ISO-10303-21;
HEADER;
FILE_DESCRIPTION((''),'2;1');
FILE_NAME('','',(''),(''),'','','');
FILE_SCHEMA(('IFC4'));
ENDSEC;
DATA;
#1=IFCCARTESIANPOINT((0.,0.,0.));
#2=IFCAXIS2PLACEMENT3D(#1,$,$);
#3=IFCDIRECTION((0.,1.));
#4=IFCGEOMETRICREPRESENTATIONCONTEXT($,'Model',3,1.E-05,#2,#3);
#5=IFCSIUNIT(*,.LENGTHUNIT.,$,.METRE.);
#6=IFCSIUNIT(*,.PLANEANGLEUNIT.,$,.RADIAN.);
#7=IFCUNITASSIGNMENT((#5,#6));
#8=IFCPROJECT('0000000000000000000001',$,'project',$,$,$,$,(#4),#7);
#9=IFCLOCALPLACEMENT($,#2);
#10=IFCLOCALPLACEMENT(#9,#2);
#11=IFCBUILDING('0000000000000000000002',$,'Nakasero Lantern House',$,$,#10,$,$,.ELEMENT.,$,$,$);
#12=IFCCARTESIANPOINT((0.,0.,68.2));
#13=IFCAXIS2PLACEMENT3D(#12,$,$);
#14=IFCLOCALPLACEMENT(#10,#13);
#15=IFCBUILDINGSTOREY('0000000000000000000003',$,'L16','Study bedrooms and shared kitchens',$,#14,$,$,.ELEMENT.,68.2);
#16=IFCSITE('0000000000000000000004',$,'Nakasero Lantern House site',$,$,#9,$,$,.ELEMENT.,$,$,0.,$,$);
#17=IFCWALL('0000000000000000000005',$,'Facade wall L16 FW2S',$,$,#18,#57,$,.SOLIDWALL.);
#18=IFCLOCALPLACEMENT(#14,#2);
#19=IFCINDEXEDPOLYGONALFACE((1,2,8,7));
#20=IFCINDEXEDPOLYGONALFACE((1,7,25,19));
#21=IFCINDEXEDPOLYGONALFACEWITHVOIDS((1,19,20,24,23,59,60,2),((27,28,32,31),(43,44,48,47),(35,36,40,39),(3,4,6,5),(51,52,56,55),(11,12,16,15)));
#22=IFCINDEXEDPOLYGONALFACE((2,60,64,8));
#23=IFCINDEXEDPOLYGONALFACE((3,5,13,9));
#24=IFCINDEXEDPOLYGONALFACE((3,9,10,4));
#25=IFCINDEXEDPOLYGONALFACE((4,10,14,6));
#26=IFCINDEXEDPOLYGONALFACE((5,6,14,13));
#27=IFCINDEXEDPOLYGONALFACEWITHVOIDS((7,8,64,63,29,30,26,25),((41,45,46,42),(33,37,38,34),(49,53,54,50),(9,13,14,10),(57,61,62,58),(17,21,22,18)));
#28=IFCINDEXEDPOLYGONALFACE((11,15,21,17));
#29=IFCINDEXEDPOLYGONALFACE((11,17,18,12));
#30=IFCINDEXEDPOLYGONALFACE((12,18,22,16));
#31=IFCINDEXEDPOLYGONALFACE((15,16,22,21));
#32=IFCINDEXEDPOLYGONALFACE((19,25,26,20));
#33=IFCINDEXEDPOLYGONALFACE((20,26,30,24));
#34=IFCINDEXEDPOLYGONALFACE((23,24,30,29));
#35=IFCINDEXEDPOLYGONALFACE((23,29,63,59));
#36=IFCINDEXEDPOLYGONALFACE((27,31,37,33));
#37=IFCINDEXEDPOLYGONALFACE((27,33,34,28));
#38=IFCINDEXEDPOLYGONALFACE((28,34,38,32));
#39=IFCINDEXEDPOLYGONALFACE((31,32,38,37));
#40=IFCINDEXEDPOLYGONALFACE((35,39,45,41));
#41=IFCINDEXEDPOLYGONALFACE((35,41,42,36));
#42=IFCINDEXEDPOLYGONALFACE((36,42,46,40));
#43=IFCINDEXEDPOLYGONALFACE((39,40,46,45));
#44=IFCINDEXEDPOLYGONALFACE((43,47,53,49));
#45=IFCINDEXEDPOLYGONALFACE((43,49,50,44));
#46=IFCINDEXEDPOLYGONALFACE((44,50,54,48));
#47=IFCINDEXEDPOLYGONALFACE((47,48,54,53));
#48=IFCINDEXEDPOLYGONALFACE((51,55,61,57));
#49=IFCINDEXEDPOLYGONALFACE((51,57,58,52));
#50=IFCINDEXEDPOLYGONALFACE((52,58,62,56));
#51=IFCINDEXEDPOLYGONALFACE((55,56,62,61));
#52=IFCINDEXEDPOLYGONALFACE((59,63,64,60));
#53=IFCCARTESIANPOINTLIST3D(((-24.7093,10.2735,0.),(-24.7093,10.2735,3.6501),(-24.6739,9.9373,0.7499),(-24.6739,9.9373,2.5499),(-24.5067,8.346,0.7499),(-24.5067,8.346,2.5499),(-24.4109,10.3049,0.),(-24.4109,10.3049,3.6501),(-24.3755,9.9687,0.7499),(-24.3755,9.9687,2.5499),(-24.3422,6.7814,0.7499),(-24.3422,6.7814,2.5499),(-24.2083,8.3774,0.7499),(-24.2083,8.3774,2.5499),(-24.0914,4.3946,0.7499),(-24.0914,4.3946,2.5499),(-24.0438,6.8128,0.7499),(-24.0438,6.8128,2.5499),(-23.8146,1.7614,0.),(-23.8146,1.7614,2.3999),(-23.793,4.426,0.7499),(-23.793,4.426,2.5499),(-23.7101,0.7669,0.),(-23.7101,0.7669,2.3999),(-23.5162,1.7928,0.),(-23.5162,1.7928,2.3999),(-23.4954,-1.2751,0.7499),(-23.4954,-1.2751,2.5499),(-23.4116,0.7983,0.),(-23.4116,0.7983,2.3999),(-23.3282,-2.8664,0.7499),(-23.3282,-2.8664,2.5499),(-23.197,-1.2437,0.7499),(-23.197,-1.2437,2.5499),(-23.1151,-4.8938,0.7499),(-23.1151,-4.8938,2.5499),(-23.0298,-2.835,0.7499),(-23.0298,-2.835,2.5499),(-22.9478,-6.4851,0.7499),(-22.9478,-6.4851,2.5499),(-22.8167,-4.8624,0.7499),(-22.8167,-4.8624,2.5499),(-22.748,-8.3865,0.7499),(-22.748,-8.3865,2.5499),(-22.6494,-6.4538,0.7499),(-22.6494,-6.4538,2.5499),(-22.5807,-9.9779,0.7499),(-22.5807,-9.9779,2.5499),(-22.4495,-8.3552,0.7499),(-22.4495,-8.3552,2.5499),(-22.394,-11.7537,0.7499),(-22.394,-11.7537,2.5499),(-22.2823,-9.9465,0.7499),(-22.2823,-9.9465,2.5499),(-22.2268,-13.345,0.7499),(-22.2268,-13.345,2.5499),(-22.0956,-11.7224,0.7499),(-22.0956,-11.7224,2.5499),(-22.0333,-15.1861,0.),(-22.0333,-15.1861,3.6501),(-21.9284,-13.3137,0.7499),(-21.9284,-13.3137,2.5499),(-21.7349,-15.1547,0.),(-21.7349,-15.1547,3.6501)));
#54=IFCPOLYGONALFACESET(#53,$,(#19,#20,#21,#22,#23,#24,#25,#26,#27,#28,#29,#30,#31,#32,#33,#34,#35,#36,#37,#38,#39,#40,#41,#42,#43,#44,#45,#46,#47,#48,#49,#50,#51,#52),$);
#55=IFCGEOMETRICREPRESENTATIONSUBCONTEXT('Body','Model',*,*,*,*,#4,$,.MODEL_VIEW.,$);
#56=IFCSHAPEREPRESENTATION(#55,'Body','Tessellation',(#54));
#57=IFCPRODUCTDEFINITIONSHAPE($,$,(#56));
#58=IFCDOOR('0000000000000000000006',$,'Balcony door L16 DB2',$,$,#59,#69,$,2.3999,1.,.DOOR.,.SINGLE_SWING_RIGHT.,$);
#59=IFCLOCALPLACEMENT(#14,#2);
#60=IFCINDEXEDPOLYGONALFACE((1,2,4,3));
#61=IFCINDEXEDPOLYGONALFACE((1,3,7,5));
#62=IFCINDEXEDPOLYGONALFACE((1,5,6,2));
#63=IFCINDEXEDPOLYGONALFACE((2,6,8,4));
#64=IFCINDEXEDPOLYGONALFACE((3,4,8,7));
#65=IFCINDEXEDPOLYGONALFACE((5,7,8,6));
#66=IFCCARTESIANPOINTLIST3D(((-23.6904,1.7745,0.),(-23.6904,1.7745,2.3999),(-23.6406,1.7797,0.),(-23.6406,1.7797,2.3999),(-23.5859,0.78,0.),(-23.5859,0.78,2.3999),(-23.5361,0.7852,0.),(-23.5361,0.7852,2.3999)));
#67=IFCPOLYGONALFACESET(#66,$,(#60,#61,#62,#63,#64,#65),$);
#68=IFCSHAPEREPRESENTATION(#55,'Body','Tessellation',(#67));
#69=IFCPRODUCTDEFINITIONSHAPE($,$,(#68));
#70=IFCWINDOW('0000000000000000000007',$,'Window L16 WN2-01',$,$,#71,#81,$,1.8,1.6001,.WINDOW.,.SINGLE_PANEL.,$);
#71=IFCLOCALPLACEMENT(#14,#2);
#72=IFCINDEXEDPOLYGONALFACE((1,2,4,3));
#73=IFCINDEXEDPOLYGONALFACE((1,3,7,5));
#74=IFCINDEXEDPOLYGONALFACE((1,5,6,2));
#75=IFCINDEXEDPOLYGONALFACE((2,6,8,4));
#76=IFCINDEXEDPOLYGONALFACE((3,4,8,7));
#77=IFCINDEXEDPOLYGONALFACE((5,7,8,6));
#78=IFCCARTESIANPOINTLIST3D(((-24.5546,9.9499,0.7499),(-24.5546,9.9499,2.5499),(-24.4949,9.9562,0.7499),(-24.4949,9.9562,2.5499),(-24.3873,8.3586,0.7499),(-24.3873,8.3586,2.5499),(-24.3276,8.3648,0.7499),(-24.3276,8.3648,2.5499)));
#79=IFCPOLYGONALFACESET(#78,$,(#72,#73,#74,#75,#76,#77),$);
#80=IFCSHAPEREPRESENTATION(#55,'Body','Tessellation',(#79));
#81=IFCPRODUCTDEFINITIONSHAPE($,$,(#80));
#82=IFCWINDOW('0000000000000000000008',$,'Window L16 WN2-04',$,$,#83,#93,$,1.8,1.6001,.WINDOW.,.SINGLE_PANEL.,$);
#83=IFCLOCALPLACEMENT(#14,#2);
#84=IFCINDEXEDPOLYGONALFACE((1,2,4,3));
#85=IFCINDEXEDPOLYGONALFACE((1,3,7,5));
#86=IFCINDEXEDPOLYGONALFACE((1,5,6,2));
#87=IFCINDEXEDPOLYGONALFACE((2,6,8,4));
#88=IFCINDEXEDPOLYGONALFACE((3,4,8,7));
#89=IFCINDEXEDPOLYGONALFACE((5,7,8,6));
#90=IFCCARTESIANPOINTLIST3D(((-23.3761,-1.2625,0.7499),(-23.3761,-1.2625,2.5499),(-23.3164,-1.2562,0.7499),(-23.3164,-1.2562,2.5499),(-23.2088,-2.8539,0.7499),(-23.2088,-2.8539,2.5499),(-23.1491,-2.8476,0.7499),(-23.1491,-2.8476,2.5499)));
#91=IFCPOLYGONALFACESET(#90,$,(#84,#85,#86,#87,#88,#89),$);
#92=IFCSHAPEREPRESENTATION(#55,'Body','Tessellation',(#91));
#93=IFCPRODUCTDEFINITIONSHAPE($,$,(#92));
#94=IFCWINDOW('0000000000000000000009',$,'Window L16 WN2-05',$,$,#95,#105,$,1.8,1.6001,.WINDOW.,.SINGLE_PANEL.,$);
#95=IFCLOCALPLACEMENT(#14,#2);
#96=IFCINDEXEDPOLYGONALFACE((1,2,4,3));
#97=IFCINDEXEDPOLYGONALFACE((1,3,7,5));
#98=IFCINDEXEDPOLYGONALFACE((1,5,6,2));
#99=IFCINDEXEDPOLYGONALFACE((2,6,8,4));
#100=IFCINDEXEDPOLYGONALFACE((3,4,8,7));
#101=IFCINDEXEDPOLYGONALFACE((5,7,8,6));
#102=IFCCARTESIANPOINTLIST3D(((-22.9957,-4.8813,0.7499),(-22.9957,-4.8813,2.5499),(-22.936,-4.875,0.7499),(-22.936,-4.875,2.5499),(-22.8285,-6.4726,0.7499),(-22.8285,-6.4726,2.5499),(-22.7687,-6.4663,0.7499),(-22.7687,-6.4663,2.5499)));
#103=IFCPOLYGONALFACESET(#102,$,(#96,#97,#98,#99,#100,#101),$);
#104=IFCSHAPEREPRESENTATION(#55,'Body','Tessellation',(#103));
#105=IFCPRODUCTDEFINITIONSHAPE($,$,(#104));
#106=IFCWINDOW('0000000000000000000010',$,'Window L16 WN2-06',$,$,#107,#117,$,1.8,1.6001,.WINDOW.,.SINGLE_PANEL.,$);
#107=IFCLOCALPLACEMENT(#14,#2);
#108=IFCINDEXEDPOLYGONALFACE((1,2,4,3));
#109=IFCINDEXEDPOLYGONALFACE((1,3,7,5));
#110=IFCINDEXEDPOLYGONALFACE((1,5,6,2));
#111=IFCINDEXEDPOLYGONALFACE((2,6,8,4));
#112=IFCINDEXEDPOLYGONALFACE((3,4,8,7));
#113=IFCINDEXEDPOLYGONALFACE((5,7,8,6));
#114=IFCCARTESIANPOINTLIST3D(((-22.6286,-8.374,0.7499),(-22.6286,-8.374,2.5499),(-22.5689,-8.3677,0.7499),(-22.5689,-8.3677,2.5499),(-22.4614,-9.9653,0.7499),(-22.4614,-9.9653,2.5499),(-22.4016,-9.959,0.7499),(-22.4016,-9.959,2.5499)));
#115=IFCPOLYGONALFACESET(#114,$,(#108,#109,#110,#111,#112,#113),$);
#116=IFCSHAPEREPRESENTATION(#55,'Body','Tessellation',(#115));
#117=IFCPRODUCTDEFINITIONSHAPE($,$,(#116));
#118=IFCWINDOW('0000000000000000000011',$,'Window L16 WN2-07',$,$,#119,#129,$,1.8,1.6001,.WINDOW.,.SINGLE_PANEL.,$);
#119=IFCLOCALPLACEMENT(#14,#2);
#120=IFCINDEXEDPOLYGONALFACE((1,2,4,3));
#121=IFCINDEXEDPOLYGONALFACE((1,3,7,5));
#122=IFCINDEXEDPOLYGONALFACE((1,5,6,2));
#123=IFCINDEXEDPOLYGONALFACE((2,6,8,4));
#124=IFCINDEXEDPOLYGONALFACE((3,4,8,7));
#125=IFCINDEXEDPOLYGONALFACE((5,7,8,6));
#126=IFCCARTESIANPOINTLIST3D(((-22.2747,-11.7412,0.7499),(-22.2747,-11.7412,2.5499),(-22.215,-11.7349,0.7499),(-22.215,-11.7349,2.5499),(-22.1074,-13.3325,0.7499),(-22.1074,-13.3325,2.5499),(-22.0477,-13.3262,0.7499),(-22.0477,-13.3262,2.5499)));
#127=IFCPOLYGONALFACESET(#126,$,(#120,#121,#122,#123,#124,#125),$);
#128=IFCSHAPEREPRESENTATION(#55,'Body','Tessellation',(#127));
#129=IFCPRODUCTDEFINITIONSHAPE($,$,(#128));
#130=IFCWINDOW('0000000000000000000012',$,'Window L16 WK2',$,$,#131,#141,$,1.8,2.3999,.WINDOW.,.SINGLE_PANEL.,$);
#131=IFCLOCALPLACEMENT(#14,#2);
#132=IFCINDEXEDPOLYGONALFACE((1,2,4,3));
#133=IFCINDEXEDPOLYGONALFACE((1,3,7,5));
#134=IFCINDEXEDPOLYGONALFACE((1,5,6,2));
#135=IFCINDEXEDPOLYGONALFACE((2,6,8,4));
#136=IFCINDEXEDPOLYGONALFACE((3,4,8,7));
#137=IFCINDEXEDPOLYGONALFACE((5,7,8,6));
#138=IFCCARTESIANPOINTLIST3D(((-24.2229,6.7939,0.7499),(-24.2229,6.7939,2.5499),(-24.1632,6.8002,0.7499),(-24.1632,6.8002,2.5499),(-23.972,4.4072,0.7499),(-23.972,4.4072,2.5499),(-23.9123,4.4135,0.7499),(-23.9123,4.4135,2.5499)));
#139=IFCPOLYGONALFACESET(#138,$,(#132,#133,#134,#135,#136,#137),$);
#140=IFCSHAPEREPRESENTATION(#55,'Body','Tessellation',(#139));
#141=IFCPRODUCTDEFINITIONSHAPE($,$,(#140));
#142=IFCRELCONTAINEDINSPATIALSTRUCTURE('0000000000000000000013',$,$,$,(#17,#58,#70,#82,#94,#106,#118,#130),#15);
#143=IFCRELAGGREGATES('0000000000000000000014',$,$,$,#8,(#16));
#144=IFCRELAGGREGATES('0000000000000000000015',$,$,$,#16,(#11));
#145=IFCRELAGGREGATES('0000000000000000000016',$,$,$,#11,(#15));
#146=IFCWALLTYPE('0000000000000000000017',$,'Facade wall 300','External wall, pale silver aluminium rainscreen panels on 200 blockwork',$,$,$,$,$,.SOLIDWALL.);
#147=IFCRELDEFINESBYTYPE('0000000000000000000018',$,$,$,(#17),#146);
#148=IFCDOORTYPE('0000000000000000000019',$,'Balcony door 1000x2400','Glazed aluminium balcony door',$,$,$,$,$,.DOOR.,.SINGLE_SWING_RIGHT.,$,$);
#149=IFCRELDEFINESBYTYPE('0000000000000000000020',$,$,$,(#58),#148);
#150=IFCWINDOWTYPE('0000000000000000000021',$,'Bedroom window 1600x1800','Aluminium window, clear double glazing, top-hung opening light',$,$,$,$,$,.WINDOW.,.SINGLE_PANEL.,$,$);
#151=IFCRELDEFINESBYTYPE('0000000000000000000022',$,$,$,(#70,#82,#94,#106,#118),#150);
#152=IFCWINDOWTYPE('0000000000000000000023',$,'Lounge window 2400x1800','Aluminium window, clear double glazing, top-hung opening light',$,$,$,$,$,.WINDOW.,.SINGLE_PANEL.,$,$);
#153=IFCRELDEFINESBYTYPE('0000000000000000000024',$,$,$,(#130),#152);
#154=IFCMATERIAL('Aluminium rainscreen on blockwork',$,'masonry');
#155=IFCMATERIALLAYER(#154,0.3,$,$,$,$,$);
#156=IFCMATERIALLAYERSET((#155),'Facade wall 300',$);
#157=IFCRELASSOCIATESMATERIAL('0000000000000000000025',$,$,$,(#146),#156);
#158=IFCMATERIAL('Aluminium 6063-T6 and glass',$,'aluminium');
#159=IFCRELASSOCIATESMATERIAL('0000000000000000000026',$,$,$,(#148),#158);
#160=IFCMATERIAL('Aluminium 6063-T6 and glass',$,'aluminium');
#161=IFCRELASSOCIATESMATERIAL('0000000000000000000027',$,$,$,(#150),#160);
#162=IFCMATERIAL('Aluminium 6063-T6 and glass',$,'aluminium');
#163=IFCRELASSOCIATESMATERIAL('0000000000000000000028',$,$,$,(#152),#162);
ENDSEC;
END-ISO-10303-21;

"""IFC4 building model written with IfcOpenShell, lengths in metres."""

from ifc_helpers import new_model, si_unit, direction, frame, frame_2d, origin, place, context, subcontext, project, spatial, rectangle, extrude, material, layer, layer_set, type_object, element, fill, save


model = new_model("IFC4")

# Units and contexts
model_context = context("Model", 3, precision=1e-05, world=origin(), true_north=direction((0.0, 1.0)))
body_context = subcontext(model_context, "Body", "Model", "MODEL_VIEW")
ifc_project = project(units=[si_unit("LENGTHUNIT", "METRE"), si_unit("PLANEANGLEUNIT", "RADIAN")], contexts=[model_context])

# Site, building, storey
site_placement = place(None, origin())
site = spatial("IfcSite", under=ifc_project, at=site_placement, Name="Nakasero Lantern House site", CompositionType="ELEMENT", RefElevation=0.0)
building_placement = place(site_placement, origin())
building = spatial("IfcBuilding", under=site, at=building_placement, Name="Nakasero Lantern House", CompositionType="ELEMENT")
storey_placement = place(building_placement, frame((0.0, 0.0, 68.2)))
storey = spatial("IfcBuildingStorey", under=building, at=storey_placement, Name="L16", Description="Study bedrooms and shared kitchens", CompositionType="ELEMENT", Elevation=68.2)

# Wall, openings, door, windows
ifc_material_1 = material(Name="Aluminium rainscreen on blockwork", Category="masonry")
ifc_layer_1 = layer(ifc_material_1, 0.3)
ifc_layer_set_1 = layer_set([ifc_layer_1], Name="Facade wall 300")
wall_type_1 = type_object("IfcWallType", Name="Facade wall 300", Description="External wall, pale silver aluminium rainscreen panels on 200 blockwork", PredefinedType="SOLIDWALL", material=ifc_layer_set_1)
wall_placement = place(storey_placement, frame((-24.5601, 10.2891, 0.0), z_axis=(0.0, 0.0, 1.0), x_axis=(0.104532, -0.994521, 0.0)))
wall = element("IfcWall", 1, at=wall_placement, inside=storey, type_object=wall_type_1, Name="Facade wall L16 FW2S", PredefinedType="SOLIDWALL", context=body_context, shape_type="SweptSolid", body=[
    extrude(rectangle(XDim=25.5999, YDim=0.3, at=frame_2d((12.7998, 0.0))), origin(), (0.0, 0.0, 1.0), 3.6501),
])
opening_1_placement = place(wall_placement, frame((0.3379, 0.0, 0.75)))
opening_1 = element("IfcOpeningElement", 2, at=opening_1_placement, cuts=wall, PredefinedType="OPENING", context=body_context, shape_type="SweptSolid", body=[
    extrude(rectangle(XDim=1.6001, YDim=1.8, at=frame_2d((0.8, 0.8999))), frame((0.0, 0.1699, 0.0), z_axis=(0.0, -1.0, 0.0), x_axis=(1.0, 0.0, 0.0)), (0.0, 0.0, 1.0), 0.3401),
])
opening_2_placement = place(wall_placement, frame((11.6121, 0.0, 0.75)))
opening_2 = element("IfcOpeningElement", 3, at=opening_2_placement, cuts=wall, PredefinedType="OPENING", context=body_context, shape_type="SweptSolid", body=[
    extrude(rectangle(XDim=1.6001, YDim=1.8, at=frame_2d((0.8, 0.8999))), frame((0.0, 0.1699, 0.0), z_axis=(0.0, -1.0, 0.0), x_axis=(1.0, 0.0, 0.0)), (0.0, 0.0, 1.0), 0.3401),
])
opening_3_placement = place(wall_placement, frame((15.2507, 0.0, 0.75)))
opening_3 = element("IfcOpeningElement", 4, at=opening_3_placement, cuts=wall, PredefinedType="OPENING", context=body_context, shape_type="SweptSolid", body=[
    extrude(rectangle(XDim=1.6001, YDim=1.8, at=frame_2d((0.8, 0.8999))), frame((0.0, 0.1699, 0.0), z_axis=(0.0, -1.0, 0.0), x_axis=(1.0, 0.0, 0.0)), (0.0, 0.0, 1.0), 0.3401),
])
opening_4_placement = place(wall_placement, frame((18.7627, 0.0, 0.75)))
opening_4 = element("IfcOpeningElement", 5, at=opening_4_placement, cuts=wall, PredefinedType="OPENING", context=body_context, shape_type="SweptSolid", body=[
    extrude(rectangle(XDim=1.6001, YDim=1.8, at=frame_2d((0.8, 0.8999))), frame((0.0, 0.1699, 0.0), z_axis=(0.0, -1.0, 0.0), x_axis=(1.0, 0.0, 0.0)), (0.0, 0.0, 1.0), 0.3401),
])
opening_5_placement = place(wall_placement, frame((22.1484, 0.0, 0.75)))
opening_5 = element("IfcOpeningElement", 6, at=opening_5_placement, cuts=wall, PredefinedType="OPENING", context=body_context, shape_type="SweptSolid", body=[
    extrude(rectangle(XDim=1.6001, YDim=1.8, at=frame_2d((0.8, 0.8999))), frame((0.0, 0.1699, 0.0), z_axis=(0.0, -1.0, 0.0), x_axis=(1.0, 0.0, 0.0)), (0.0, 0.0, 1.0), 0.3401),
])
opening_6_placement = place(wall_placement, frame((3.5112, 0.0, 0.75)))
opening_6 = element("IfcOpeningElement", 7, at=opening_6_placement, cuts=wall, PredefinedType="OPENING", context=body_context, shape_type="SweptSolid", body=[
    extrude(rectangle(XDim=2.3999, YDim=1.8, at=frame_2d((1.2, 0.8999))), frame((0.0, 0.1699, 0.0), z_axis=(0.0, -1.0, 0.0), x_axis=(1.0, 0.0, 0.0)), (0.0, 0.0, 1.0), 0.3401),
])
opening_7_placement = place(wall_placement, frame((8.5588, 0.0, 0.0)))
opening_7 = element("IfcOpeningElement", 8, at=opening_7_placement, cuts=wall, PredefinedType="OPENING", context=body_context, shape_type="SweptSolid", body=[
    extrude(rectangle(XDim=1.0, YDim=2.3999, at=frame_2d((0.5, 1.2))), frame((0.0, 0.1699, 0.0), z_axis=(0.0, -1.0, 0.0), x_axis=(1.0, 0.0, 0.0)), (0.0, 0.0, 1.0), 0.3401),
])
ifc_material_2 = material(Name="Aluminium 6063-T6 and glass", Category="aluminium")
door_type = type_object("IfcDoorType", Name="Balcony door 1000x2400", Description="Glazed aluminium balcony door", OperationType="SINGLE_SWING_RIGHT", PredefinedType="DOOR", material=ifc_material_2)
door_placement = place(opening_7_placement, origin())
door = element("IfcDoor", 9, at=door_placement, inside=storey, type_object=door_type, Name="Balcony door L16 DB2", OperationType="SINGLE_SWING_RIGHT", OverallHeight=2.3999, OverallWidth=1.0, PredefinedType="DOOR", context=body_context, shape_type="SweptSolid", body=[
    extrude(rectangle(XDim=1.0, YDim=2.3999, at=frame_2d((0.5, 1.2))), frame((0.0, 0.0249, 0.0), z_axis=(0.0, -1.0, 0.0), x_axis=(1.0, 0.0, 0.0)), (0.0, 0.0, 1.0), 0.05),
])
fill(opening_7, door)
ifc_material_3 = material(Name="Aluminium 6063-T6 and glass", Category="aluminium")
window_type_1 = type_object("IfcWindowType", Name="Bedroom window 1600x1800", Description="Aluminium window, clear double glazing, top-hung opening light", PartitioningType="SINGLE_PANEL", PredefinedType="WINDOW", material=ifc_material_3)
window_1_placement = place(opening_1_placement, origin())
window_1 = element("IfcWindow", 10, at=window_1_placement, inside=storey, type_object=window_type_1, Name="Window L16 WN2-01", OverallHeight=1.8, OverallWidth=1.6001, PartitioningType="SINGLE_PANEL", PredefinedType="WINDOW", context=body_context, shape_type="SweptSolid", body=[
    extrude(rectangle(XDim=1.6001, YDim=1.8, at=frame_2d((0.8, 0.8999))), frame((0.0, 0.03, 0.0), z_axis=(0.0, -1.0, 0.0), x_axis=(1.0, 0.0, 0.0)), (0.0, 0.0, 1.0), 0.0601),
])
fill(opening_1, window_1)
window_2_placement = place(opening_2_placement, origin())
window_2 = element("IfcWindow", 11, at=window_2_placement, inside=storey, type_object=window_type_1, Name="Window L16 WN2-04", OverallHeight=1.8, OverallWidth=1.6001, PartitioningType="SINGLE_PANEL", PredefinedType="WINDOW", context=body_context, shape_type="SweptSolid", body=[
    extrude(rectangle(XDim=1.6001, YDim=1.8, at=frame_2d((0.8, 0.8999))), frame((0.0, 0.03, 0.0), z_axis=(0.0, -1.0, 0.0), x_axis=(1.0, 0.0, 0.0)), (0.0, 0.0, 1.0), 0.0601),
])
fill(opening_2, window_2)
window_3_placement = place(opening_3_placement, origin())
window_3 = element("IfcWindow", 12, at=window_3_placement, inside=storey, type_object=window_type_1, Name="Window L16 WN2-05", OverallHeight=1.8, OverallWidth=1.6001, PartitioningType="SINGLE_PANEL", PredefinedType="WINDOW", context=body_context, shape_type="SweptSolid", body=[
    extrude(rectangle(XDim=1.6001, YDim=1.8, at=frame_2d((0.8, 0.8999))), frame((0.0, 0.03, 0.0), z_axis=(0.0, -1.0, 0.0), x_axis=(1.0, 0.0, 0.0)), (0.0, 0.0, 1.0), 0.0601),
])
fill(opening_3, window_3)
window_4_placement = place(opening_4_placement, origin())
window_4 = element("IfcWindow", 13, at=window_4_placement, inside=storey, type_object=window_type_1, Name="Window L16 WN2-06", OverallHeight=1.8, OverallWidth=1.6001, PartitioningType="SINGLE_PANEL", PredefinedType="WINDOW", context=body_context, shape_type="SweptSolid", body=[
    extrude(rectangle(XDim=1.6001, YDim=1.8, at=frame_2d((0.8, 0.8999))), frame((0.0, 0.03, 0.0), z_axis=(0.0, -1.0, 0.0), x_axis=(1.0, 0.0, 0.0)), (0.0, 0.0, 1.0), 0.0601),
])
fill(opening_4, window_4)
window_5_placement = place(opening_5_placement, origin())
window_5 = element("IfcWindow", 14, at=window_5_placement, inside=storey, type_object=window_type_1, Name="Window L16 WN2-07", OverallHeight=1.8, OverallWidth=1.6001, PartitioningType="SINGLE_PANEL", PredefinedType="WINDOW", context=body_context, shape_type="SweptSolid", body=[
    extrude(rectangle(XDim=1.6001, YDim=1.8, at=frame_2d((0.8, 0.8999))), frame((0.0, 0.03, 0.0), z_axis=(0.0, -1.0, 0.0), x_axis=(1.0, 0.0, 0.0)), (0.0, 0.0, 1.0), 0.0601),
])
fill(opening_5, window_5)
ifc_material_4 = material(Name="Aluminium 6063-T6 and glass", Category="aluminium")
window_type_2 = type_object("IfcWindowType", Name="Lounge window 2400x1800", Description="Aluminium window, clear double glazing, top-hung opening light", PartitioningType="SINGLE_PANEL", PredefinedType="WINDOW", material=ifc_material_4)
window_6_placement = place(opening_6_placement, origin())
window_6 = element("IfcWindow", 15, at=window_6_placement, inside=storey, type_object=window_type_2, Name="Window L16 WK2", OverallHeight=1.8, OverallWidth=2.3999, PartitioningType="SINGLE_PANEL", PredefinedType="WINDOW", context=body_context, shape_type="SweptSolid", body=[
    extrude(rectangle(XDim=2.3999, YDim=1.8, at=frame_2d((1.2, 0.8999))), frame((0.0, 0.03, 0.0), z_axis=(0.0, -1.0, 0.0), x_axis=(1.0, 0.0, 0.0)), (0.0, 0.0, 1.0), 0.0601),
])
fill(opening_6, window_6)

save(model, "model.ifc")
